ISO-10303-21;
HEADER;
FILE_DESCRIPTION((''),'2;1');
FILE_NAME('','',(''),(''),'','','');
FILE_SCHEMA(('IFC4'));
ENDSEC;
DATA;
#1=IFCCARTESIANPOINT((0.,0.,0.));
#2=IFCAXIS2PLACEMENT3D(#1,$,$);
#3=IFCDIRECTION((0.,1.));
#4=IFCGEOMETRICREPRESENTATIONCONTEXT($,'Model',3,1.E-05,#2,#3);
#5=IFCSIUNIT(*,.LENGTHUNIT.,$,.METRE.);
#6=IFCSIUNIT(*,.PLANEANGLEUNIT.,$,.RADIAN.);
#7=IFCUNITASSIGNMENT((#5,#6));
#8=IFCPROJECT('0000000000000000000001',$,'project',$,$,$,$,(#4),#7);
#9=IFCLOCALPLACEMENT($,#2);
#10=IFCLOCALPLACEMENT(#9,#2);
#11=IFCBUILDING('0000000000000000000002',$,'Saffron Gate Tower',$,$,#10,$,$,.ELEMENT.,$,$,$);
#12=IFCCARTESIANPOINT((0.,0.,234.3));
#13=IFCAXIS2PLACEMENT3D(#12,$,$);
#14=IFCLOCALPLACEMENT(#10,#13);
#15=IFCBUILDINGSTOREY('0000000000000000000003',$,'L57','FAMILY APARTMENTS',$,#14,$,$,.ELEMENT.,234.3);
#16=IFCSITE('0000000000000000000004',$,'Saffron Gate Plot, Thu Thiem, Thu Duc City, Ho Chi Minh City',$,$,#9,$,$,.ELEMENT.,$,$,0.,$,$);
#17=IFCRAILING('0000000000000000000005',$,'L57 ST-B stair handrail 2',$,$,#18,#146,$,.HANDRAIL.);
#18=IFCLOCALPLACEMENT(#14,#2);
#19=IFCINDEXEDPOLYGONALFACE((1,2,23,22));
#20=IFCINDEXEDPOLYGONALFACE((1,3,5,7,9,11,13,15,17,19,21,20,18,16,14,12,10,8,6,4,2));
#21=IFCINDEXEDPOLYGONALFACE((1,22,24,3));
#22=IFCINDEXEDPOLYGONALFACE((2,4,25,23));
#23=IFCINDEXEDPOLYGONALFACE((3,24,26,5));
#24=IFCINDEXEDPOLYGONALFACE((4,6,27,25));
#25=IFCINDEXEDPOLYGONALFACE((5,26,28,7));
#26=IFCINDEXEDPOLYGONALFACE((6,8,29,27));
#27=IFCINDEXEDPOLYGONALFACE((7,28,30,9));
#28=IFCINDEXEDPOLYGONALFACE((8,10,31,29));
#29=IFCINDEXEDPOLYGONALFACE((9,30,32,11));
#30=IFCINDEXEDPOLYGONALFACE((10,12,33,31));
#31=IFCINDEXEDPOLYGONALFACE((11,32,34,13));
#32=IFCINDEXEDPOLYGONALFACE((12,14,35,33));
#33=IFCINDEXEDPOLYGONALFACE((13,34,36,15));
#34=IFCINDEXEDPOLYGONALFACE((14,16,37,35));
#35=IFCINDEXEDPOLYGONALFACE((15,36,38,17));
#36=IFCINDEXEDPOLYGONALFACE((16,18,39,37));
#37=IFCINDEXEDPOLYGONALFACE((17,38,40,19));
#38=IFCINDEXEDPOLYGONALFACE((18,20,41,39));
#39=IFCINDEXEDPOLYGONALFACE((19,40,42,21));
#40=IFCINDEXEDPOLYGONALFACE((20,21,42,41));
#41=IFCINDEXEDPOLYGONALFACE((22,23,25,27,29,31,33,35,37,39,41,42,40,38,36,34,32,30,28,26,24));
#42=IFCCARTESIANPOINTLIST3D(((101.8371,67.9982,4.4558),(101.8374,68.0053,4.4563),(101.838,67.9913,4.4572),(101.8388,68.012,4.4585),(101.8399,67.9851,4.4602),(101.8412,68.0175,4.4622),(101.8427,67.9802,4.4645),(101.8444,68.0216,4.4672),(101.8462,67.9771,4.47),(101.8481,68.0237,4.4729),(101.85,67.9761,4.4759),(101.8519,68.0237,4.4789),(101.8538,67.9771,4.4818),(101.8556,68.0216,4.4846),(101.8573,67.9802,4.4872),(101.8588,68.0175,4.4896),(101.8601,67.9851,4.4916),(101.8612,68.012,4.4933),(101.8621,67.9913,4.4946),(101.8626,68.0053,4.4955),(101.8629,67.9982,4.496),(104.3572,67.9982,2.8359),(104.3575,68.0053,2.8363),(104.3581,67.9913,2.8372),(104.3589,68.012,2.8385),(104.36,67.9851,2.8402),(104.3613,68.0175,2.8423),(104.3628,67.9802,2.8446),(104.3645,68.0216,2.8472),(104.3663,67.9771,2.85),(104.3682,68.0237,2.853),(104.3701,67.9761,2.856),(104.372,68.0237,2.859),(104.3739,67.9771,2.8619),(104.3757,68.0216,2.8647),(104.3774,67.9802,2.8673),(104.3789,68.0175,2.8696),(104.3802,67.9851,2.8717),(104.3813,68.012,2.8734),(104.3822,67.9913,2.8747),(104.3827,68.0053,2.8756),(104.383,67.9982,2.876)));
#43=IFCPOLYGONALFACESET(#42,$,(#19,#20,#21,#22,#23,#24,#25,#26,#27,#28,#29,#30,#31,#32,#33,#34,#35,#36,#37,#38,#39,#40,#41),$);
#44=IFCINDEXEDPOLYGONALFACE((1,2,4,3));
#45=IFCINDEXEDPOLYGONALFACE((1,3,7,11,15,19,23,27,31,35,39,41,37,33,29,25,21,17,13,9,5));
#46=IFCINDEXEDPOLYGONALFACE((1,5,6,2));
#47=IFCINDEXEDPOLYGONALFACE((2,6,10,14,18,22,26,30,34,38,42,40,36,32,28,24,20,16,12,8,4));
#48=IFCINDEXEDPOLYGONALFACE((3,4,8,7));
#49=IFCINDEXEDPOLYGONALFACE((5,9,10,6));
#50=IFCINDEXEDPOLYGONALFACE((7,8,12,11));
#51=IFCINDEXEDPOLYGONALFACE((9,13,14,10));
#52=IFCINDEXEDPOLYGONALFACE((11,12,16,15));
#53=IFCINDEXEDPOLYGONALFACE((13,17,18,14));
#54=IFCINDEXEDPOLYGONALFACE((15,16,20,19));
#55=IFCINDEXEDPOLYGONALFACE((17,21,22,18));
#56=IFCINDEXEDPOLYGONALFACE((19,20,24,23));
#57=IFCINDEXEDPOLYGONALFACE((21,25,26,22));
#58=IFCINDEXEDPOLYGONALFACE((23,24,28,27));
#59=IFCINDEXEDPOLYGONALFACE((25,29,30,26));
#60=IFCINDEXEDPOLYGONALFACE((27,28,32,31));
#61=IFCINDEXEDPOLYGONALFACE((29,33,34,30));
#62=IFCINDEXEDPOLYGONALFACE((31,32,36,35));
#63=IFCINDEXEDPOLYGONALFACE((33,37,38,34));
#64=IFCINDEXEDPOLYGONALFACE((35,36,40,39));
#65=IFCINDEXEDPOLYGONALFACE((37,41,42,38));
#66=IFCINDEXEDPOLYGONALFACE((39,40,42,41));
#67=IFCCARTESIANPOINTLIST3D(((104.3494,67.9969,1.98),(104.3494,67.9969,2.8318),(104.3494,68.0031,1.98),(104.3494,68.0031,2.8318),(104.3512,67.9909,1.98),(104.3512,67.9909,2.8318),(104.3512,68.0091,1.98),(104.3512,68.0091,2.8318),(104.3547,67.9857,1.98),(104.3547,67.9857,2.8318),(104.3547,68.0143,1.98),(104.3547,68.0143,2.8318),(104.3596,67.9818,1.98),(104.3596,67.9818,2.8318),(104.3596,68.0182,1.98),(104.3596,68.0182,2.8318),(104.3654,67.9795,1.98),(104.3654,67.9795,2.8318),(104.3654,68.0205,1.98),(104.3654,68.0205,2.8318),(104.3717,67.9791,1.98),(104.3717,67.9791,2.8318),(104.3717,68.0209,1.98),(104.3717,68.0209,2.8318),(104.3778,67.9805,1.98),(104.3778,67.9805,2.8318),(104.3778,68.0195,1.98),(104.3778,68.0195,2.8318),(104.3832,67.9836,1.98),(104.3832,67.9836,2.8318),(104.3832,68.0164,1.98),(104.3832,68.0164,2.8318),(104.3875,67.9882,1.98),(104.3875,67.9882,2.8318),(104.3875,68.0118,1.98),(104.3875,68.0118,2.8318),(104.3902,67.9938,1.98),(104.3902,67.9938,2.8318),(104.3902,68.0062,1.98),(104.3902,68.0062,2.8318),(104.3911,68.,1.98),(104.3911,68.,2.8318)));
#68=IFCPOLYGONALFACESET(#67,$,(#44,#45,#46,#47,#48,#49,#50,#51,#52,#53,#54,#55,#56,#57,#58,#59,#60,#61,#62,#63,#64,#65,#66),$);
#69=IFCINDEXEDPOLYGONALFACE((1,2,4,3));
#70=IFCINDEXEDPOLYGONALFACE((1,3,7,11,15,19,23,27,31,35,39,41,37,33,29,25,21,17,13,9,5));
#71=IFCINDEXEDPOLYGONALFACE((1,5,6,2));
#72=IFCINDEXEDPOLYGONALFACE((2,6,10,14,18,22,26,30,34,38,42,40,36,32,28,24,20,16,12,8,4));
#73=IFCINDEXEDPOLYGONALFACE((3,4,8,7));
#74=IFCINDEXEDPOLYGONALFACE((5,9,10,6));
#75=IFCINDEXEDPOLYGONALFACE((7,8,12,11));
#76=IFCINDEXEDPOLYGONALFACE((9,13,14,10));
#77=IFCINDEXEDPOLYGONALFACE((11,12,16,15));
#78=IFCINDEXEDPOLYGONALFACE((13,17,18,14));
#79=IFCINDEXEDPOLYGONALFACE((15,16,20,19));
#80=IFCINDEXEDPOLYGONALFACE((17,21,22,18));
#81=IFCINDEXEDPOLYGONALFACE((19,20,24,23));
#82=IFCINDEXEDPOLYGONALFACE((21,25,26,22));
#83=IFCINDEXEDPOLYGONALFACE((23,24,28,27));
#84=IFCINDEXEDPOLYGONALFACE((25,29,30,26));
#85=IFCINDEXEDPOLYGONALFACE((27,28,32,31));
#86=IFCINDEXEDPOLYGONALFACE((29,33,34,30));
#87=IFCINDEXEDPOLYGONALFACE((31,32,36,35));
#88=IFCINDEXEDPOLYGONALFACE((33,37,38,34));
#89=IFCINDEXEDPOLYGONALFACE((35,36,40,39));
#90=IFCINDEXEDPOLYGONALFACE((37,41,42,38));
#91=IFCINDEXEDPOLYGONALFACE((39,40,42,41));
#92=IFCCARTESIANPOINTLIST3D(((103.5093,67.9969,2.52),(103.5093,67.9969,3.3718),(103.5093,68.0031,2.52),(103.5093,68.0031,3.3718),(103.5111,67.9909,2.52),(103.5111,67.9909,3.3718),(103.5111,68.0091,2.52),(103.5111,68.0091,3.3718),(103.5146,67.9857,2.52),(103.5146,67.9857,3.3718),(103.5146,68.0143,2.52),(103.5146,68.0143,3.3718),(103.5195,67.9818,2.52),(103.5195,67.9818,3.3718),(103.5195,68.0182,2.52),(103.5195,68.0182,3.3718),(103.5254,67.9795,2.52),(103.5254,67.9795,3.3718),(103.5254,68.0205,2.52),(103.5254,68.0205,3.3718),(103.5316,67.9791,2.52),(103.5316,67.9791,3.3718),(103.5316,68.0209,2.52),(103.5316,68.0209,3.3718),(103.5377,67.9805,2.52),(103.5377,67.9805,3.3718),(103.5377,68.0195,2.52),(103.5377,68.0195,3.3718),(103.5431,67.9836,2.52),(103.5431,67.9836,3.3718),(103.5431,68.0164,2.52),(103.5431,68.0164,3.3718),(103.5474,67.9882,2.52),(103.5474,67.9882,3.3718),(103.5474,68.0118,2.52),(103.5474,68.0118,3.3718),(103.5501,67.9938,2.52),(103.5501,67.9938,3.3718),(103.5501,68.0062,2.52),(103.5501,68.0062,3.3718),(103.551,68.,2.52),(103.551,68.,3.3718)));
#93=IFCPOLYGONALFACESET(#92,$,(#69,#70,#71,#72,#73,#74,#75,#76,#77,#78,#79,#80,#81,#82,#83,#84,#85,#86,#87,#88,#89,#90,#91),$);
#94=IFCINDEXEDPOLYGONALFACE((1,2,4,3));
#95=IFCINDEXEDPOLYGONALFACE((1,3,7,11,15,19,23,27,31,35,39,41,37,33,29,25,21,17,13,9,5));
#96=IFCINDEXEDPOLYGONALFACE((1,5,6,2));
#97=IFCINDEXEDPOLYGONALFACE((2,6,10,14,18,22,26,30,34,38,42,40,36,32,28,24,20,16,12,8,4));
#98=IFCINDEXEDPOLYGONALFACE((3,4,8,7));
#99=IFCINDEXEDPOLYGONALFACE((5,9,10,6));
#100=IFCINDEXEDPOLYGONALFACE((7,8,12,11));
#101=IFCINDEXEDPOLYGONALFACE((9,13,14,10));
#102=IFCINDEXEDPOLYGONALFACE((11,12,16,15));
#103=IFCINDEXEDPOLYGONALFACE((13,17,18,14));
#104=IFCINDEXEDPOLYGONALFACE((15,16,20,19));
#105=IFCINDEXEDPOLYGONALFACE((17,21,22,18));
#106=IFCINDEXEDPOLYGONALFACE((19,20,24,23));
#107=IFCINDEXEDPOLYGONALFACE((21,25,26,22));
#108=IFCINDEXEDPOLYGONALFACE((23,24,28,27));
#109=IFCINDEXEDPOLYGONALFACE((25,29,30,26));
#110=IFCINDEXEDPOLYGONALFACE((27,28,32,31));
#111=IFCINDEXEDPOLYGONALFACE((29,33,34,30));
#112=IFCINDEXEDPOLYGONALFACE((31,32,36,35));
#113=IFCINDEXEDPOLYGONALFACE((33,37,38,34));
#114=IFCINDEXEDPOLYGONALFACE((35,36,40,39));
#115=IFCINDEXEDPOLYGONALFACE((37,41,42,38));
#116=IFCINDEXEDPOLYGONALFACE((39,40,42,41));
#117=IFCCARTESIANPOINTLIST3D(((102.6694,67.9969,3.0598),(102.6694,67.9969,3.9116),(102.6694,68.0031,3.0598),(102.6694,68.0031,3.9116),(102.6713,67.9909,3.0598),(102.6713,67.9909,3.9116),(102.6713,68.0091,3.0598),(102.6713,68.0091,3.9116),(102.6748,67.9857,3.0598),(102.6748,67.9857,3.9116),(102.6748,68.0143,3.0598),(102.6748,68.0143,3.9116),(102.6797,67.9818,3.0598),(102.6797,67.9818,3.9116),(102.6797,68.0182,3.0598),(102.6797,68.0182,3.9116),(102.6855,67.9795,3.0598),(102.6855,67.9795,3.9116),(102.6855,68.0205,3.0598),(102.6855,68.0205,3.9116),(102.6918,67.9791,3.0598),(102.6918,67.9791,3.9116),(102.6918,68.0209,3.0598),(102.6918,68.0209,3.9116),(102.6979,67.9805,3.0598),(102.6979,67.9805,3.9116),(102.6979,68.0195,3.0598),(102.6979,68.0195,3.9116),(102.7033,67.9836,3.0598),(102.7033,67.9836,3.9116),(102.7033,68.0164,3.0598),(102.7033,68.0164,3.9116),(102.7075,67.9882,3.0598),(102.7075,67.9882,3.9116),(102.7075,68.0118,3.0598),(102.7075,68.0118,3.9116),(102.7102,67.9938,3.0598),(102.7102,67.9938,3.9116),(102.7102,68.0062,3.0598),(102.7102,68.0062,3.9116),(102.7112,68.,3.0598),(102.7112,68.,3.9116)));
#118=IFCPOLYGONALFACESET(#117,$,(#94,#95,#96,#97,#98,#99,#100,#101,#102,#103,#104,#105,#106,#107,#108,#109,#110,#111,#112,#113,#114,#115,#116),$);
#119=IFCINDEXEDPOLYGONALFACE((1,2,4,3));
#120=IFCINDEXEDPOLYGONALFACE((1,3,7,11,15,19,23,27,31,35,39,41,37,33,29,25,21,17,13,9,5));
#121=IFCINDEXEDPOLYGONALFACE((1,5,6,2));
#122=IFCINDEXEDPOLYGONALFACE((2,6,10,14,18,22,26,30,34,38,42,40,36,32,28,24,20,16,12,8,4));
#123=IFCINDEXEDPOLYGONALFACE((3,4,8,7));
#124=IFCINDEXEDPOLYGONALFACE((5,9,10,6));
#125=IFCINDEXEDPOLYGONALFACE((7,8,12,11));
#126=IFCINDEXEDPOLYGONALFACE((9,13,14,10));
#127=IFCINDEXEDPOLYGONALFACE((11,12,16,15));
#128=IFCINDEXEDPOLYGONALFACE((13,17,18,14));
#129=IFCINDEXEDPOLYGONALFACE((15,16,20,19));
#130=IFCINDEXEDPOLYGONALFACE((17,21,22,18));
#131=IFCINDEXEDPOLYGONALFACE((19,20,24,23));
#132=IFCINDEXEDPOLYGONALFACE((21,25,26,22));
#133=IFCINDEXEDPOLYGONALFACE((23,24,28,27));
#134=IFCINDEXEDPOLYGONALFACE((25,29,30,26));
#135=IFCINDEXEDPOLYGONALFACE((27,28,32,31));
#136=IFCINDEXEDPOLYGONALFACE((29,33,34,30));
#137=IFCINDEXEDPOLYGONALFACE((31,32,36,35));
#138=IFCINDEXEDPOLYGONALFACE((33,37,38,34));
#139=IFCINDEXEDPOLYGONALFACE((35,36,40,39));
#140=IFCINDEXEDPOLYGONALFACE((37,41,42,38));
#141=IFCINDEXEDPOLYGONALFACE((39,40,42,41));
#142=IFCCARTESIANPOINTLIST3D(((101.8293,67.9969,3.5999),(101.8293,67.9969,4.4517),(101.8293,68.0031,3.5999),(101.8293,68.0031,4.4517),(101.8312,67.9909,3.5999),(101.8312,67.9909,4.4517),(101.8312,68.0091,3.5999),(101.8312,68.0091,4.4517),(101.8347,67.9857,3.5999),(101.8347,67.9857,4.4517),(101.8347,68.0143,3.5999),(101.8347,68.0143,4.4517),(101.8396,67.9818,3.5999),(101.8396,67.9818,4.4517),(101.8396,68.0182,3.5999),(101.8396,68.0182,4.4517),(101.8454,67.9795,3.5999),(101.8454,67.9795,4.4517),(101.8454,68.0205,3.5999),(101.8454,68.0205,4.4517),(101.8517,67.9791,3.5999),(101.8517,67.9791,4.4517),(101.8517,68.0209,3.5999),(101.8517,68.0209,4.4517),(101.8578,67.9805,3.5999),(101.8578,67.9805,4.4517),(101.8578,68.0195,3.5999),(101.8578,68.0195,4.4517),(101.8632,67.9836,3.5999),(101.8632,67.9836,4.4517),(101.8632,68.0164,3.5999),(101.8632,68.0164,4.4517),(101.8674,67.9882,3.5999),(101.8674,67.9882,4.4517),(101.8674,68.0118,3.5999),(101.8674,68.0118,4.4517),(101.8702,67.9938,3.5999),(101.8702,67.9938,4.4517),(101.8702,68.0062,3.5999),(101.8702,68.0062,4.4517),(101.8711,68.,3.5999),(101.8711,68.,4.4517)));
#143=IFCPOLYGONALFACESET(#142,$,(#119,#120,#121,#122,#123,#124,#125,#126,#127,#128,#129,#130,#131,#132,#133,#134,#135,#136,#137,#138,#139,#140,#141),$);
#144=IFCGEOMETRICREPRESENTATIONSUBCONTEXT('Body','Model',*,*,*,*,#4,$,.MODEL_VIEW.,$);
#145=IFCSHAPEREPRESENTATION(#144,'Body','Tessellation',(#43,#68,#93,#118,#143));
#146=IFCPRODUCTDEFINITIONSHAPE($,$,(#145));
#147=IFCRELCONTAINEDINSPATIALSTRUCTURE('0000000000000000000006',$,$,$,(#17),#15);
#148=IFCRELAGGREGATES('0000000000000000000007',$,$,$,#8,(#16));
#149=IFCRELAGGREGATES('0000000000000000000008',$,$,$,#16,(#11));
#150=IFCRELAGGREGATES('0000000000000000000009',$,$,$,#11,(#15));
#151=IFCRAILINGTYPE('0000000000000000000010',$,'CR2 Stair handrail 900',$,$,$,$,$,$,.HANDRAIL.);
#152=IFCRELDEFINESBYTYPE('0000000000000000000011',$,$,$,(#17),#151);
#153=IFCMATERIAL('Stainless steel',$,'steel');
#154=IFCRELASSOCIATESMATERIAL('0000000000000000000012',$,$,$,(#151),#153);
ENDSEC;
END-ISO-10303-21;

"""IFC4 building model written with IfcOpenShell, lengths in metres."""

from ifc_helpers import new_model, si_unit, direction, frame, origin, origin_2d, place, context, subcontext, project, spatial, circle, extrude, material, type_object, element, save


model = new_model("IFC4")

# Units and contexts
model_context = context("Model", 3, precision=1e-05, world=origin(), true_north=direction((0.0, 1.0)))
body_context = subcontext(model_context, "Body", "Model", "MODEL_VIEW")
ifc_project = project(units=[si_unit("LENGTHUNIT", "METRE"), si_unit("PLANEANGLEUNIT", "RADIAN")], contexts=[model_context])

# Site, building, storey
site_placement = place(None, origin())
site = spatial("IfcSite", under=ifc_project, at=site_placement, Name="Saffron Gate Plot, Thu Thiem, Thu Duc City, Ho Chi Minh City", CompositionType="ELEMENT", RefElevation=0.0)
building_placement = place(site_placement, origin())
building = spatial("IfcBuilding", under=site, at=building_placement, Name="Saffron Gate Tower", CompositionType="ELEMENT")
storey_placement = place(building_placement, frame((0.0, 0.0, 234.3)))
storey = spatial("IfcBuildingStorey", under=building, at=storey_placement, Name="L57", Description="FAMILY APARTMENTS", CompositionType="ELEMENT", Elevation=234.3)

# Railing
ifc_material_1 = material(Name="Stainless steel", Category="steel")
railing_type_1 = type_object("IfcRailingType", Name="CR2 Stair handrail 900", PredefinedType="HANDRAIL", material=ifc_material_1)
railing_1_placement = place(storey_placement, frame((104.3701, 68.0, 1.98)))
element("IfcRailing", 1, at=railing_1_placement, inside=storey, type_object=railing_type_1, Name="L57 ST-B stair handrail 2", PredefinedType="HANDRAIL", context=body_context, shape_type="SweptSolid", body=[
    extrude(circle(Radius=0.0239, at=origin_2d()), frame((0.0, 0.0, 0.876), z_axis=(-0.8412, 0.0, 0.540725), x_axis=(0.0, -1.0, 0.0)), (0.0, 0.0, 1.0), 2.9958),
    extrude(circle(Radius=0.021, at=origin_2d()), origin(), (0.0, 0.0, 1.0), 0.8518),
    extrude(circle(Radius=0.021, at=origin_2d()), frame((-0.8401, 0.0, 0.54)), (0.0, 0.0, 1.0), 0.8518),
    extrude(circle(Radius=0.021, at=origin_2d()), frame((-1.6799, 0.0, 1.0798)), (0.0, 0.0, 1.0), 0.8518),
    extrude(circle(Radius=0.021, at=origin_2d()), frame((-2.52, 0.0, 1.6199)), (0.0, 0.0, 1.0), 0.8518),
])

save(model, "model.ifc")
